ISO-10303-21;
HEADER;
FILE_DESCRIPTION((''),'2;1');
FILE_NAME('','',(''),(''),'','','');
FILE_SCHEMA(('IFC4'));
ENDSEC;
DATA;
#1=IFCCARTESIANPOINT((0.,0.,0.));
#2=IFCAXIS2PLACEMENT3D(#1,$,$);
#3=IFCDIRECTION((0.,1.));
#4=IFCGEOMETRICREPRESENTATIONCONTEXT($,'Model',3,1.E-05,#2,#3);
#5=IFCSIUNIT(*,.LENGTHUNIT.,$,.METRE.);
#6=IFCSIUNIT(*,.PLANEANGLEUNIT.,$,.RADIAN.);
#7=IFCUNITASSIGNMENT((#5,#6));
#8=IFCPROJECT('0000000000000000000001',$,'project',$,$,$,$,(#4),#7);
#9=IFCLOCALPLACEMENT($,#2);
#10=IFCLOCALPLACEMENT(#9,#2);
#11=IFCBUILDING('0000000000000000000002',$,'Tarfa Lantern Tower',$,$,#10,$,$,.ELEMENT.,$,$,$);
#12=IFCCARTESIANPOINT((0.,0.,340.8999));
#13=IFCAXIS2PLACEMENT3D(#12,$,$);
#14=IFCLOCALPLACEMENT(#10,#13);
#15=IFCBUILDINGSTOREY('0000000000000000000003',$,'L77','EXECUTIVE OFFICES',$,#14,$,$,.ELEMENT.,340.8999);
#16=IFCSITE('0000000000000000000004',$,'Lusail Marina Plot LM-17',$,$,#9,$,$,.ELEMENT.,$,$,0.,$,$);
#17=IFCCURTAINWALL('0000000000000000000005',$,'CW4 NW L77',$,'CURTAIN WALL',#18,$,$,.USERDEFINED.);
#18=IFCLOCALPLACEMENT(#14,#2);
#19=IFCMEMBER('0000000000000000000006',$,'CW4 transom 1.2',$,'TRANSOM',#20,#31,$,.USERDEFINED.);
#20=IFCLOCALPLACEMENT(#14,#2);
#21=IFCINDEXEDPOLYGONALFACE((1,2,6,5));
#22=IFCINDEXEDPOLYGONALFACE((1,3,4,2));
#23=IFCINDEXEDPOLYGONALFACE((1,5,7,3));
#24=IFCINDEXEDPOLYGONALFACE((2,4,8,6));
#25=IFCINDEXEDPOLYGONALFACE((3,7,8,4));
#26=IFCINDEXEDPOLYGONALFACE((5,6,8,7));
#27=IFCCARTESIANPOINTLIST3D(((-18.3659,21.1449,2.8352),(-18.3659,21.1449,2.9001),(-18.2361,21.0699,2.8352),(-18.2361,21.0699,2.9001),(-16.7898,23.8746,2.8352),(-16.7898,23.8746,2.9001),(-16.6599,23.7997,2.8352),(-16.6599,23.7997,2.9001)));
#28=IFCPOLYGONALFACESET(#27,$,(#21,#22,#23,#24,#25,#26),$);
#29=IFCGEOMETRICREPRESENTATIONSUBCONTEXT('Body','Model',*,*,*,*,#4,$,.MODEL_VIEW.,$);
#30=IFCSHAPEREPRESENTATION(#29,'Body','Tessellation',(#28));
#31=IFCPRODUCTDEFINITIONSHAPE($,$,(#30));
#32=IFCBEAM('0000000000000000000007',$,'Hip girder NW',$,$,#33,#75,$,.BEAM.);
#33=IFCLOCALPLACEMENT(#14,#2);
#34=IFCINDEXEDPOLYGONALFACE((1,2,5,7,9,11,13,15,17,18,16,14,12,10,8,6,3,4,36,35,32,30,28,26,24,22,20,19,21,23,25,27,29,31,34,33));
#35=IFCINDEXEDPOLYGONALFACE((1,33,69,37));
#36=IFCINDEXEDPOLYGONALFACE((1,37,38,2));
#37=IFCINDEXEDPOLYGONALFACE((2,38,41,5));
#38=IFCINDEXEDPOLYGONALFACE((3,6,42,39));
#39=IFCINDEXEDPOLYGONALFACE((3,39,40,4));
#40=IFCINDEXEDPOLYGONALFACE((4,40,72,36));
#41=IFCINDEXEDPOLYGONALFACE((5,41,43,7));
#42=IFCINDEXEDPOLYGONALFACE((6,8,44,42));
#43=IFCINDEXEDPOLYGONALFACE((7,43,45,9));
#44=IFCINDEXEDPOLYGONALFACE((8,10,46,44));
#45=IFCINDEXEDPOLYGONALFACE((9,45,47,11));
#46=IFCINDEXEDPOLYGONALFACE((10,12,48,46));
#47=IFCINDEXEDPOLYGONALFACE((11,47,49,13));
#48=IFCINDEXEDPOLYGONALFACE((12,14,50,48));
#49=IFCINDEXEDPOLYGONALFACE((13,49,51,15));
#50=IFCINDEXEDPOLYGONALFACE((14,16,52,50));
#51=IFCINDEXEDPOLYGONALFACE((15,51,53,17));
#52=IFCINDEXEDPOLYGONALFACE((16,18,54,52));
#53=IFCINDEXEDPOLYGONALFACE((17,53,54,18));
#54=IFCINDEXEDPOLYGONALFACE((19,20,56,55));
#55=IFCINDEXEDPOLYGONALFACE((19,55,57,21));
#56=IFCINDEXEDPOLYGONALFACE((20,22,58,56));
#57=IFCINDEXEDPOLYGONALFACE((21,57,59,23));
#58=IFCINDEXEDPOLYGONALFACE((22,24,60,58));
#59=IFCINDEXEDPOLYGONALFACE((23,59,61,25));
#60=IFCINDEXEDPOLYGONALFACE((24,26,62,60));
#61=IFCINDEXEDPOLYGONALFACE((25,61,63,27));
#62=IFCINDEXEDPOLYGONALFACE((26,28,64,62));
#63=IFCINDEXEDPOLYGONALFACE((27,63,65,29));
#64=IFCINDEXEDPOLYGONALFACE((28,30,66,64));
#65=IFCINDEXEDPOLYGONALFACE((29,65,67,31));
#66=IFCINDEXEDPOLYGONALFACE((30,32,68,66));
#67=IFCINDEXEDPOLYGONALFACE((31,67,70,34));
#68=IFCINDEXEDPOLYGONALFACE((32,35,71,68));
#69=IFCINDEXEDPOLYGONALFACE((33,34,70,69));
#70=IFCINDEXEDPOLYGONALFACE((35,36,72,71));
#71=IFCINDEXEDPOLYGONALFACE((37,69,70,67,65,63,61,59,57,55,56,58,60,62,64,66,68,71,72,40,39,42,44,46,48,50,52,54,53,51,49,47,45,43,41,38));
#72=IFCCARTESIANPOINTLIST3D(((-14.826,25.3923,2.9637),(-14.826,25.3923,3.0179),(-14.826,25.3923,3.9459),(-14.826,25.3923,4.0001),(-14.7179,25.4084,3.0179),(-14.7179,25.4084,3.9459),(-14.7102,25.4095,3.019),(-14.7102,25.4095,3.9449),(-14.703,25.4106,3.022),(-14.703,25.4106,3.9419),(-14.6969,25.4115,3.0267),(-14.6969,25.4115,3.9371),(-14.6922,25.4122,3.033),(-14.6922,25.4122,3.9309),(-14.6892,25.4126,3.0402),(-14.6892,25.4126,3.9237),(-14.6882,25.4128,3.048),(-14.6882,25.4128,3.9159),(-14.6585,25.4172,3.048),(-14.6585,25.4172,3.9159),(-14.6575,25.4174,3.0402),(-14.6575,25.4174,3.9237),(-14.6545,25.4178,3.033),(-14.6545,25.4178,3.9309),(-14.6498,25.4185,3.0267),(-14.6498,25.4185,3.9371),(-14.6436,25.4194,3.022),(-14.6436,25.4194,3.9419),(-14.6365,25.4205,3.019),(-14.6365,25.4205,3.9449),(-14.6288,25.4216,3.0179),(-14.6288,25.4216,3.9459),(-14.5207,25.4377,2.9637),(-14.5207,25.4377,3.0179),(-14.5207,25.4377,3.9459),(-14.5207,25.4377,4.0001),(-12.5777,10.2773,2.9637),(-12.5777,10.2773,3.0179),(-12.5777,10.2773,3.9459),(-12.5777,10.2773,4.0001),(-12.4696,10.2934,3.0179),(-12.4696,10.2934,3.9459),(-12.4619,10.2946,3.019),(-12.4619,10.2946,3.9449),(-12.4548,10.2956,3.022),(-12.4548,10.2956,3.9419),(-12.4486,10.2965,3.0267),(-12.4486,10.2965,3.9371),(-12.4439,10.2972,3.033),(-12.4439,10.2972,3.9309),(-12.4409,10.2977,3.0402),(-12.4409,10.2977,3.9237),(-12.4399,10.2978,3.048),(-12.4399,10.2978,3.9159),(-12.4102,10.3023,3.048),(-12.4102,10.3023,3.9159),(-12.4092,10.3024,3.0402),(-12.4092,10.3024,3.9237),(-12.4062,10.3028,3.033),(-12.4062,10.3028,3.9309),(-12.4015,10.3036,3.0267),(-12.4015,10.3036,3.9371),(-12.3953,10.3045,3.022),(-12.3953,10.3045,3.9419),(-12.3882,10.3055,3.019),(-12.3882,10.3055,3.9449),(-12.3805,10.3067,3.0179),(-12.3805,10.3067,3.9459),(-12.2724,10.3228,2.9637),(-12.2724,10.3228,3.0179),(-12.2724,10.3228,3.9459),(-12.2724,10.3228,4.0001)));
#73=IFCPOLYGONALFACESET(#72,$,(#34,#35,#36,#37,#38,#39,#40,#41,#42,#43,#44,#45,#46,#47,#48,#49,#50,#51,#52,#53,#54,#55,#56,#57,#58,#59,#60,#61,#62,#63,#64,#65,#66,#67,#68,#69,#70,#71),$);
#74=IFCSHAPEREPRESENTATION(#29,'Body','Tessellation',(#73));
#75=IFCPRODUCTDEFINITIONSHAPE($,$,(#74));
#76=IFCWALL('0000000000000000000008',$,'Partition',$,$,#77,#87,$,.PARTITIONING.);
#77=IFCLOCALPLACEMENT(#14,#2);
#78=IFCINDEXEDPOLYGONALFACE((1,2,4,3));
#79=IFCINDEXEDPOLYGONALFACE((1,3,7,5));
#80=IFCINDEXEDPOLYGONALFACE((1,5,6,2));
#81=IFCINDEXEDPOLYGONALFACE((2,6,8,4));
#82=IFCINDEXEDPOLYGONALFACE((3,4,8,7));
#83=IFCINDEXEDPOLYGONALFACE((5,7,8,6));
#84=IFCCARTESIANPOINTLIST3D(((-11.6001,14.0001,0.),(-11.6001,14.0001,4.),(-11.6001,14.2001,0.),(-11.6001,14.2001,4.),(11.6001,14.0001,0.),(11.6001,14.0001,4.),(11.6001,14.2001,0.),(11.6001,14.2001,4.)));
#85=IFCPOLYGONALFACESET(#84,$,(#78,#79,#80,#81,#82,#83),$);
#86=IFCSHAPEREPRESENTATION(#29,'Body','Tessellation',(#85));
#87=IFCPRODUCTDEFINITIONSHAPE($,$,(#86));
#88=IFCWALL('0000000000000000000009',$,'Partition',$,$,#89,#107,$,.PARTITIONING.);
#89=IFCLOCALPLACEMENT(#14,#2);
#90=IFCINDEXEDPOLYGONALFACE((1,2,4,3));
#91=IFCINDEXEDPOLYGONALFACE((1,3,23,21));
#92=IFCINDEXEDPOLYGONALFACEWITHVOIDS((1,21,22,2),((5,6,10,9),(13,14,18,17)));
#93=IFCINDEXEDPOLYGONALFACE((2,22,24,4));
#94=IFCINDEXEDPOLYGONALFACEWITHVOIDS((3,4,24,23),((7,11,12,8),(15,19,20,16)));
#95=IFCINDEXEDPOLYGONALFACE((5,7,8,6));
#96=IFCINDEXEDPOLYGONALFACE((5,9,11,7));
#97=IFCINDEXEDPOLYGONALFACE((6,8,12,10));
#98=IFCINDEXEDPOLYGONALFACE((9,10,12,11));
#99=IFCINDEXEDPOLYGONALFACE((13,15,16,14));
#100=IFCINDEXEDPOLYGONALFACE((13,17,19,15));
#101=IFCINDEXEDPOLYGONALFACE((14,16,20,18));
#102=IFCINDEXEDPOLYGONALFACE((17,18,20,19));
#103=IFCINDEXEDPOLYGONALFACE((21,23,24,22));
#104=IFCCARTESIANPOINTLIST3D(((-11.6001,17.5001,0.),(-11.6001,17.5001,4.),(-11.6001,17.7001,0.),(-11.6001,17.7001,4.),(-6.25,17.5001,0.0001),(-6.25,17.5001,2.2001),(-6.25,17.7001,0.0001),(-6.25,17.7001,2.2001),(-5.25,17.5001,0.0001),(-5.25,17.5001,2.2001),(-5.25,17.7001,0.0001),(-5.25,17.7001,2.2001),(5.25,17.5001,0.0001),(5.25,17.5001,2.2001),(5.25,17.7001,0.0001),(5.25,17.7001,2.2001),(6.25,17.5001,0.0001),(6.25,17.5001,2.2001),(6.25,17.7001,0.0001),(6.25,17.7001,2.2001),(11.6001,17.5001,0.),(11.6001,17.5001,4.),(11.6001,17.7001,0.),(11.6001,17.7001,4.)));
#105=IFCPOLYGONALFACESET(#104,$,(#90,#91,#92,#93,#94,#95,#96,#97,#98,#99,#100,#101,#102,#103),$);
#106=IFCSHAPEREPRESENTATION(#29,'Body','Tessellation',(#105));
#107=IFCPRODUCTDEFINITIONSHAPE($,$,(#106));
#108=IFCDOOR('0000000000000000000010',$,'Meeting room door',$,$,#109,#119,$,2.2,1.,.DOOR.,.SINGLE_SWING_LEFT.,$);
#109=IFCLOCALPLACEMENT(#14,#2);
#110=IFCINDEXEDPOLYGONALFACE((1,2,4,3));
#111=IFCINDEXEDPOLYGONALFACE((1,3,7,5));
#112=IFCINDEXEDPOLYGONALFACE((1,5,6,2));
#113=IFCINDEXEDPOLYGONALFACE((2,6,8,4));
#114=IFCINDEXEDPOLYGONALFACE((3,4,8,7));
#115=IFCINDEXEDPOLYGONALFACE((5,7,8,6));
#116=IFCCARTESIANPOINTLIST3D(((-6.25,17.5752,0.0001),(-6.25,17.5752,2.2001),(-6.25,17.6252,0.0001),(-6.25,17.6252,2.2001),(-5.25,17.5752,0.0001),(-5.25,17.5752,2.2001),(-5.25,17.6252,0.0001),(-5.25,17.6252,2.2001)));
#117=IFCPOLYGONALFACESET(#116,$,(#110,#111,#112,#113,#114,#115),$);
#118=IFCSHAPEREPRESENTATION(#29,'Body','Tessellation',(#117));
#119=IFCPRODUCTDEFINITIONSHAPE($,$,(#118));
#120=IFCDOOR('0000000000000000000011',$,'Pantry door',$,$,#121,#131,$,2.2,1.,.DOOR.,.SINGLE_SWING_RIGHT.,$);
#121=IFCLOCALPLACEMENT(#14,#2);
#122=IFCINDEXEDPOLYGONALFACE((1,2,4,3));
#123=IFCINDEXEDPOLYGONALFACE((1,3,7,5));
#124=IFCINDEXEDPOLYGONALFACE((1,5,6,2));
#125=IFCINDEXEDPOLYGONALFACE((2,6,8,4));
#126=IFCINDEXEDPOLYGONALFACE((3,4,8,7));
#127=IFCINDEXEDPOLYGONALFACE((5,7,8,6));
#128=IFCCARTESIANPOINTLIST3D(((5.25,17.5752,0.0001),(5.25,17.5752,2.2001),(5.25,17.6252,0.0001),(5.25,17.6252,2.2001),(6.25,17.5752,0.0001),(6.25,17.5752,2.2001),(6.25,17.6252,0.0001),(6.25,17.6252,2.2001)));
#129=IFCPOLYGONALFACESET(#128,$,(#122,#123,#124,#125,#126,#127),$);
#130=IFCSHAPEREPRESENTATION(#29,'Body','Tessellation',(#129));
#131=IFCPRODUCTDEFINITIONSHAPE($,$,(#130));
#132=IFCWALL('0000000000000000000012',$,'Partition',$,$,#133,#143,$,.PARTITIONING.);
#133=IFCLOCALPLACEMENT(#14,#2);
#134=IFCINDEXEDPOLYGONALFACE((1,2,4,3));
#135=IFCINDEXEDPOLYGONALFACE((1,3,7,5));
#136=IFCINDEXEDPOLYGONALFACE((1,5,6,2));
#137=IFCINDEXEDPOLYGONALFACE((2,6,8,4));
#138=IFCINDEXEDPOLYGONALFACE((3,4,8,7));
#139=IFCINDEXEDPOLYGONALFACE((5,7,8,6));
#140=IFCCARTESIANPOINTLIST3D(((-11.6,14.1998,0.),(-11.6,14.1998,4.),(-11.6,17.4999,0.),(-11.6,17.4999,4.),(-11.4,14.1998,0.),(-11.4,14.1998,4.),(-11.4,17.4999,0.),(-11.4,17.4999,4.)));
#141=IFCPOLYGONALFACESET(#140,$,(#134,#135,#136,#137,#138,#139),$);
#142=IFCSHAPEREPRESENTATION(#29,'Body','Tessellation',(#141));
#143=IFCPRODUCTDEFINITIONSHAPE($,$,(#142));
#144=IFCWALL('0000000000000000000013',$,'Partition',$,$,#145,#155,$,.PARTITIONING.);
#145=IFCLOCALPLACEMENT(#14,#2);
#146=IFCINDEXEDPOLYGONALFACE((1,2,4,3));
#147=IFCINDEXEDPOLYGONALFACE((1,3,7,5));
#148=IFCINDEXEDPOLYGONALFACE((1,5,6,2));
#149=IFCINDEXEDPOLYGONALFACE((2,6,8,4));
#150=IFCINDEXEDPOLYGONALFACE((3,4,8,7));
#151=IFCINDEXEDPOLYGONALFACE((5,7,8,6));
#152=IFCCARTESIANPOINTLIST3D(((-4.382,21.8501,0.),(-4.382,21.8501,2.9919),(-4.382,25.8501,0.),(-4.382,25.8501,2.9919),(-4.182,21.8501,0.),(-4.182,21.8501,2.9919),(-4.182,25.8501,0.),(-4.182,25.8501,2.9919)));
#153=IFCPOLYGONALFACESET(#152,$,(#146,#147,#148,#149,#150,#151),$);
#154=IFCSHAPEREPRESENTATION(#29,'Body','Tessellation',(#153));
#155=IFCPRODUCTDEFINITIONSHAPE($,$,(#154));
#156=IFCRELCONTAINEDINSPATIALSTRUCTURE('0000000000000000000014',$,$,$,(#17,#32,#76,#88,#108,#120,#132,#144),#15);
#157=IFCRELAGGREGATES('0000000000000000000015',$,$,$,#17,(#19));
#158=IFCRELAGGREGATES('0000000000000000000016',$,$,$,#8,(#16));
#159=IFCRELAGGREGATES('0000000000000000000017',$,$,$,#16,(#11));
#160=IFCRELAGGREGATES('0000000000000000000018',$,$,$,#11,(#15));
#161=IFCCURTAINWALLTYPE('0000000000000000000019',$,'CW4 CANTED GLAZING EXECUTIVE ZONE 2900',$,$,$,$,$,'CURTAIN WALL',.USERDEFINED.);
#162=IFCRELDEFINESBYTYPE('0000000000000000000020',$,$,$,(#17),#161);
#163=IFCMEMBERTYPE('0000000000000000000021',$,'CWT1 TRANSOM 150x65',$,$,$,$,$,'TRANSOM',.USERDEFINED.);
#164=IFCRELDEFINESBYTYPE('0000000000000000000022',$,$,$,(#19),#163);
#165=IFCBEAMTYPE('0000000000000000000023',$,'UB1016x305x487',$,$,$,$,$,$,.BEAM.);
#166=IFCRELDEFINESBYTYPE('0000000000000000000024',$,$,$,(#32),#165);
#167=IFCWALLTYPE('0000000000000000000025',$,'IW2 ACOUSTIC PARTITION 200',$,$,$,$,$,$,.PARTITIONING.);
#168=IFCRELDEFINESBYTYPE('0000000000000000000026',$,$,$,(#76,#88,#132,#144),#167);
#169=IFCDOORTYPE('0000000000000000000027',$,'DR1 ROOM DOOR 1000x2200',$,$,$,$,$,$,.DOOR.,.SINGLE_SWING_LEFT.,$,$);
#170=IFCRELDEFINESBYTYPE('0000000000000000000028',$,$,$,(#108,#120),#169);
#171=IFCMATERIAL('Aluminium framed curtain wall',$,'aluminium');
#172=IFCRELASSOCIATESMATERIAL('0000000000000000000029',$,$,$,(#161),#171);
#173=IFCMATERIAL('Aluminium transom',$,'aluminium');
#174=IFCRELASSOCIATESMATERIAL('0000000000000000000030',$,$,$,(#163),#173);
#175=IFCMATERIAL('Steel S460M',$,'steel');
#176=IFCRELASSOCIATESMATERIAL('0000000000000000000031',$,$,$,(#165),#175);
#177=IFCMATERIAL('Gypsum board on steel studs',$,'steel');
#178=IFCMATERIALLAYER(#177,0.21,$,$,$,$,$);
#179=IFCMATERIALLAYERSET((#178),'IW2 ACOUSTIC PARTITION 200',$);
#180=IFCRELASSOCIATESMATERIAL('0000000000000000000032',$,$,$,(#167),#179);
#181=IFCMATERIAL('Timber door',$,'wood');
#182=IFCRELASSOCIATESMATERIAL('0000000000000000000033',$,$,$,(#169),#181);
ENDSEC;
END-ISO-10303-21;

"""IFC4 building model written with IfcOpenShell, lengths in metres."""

from ifc_helpers import new_model, si_unit, direction, frame, frame_2d, origin, origin_2d, place, context, subcontext, project, spatial, rectangle, i_section, extrude, material, layer, layer_set, material_profile, profile_set, type_object, element, fill, aggregate, save


model = new_model("IFC4")

# Units and contexts
model_context = context("Model", 3, precision=1e-05, world=origin(), true_north=direction((0.0, 1.0)))
body_context = subcontext(model_context, "Body", "Model", "MODEL_VIEW")
ifc_project = project(units=[si_unit("LENGTHUNIT", "METRE"), si_unit("PLANEANGLEUNIT", "RADIAN")], contexts=[model_context])

# Site, building, storey
site_placement = place(None, origin())
site = spatial("IfcSite", under=ifc_project, at=site_placement, Name="Lusail Marina Plot LM-17", CompositionType="ELEMENT", RefElevation=0.0)
building_placement = place(site_placement, origin())
building = spatial("IfcBuilding", under=site, at=building_placement, Name="Tarfa Lantern Tower", CompositionType="ELEMENT")
storey_placement = place(building_placement, frame((0.0, 0.0, 340.8999)))
storey = spatial("IfcBuildingStorey", under=building, at=storey_placement, Name="L77", Description="EXECUTIVE OFFICES", CompositionType="ELEMENT", Elevation=340.8999)

# Curtain wall, member
ifc_material_1 = material(Name="Aluminium framed curtain wall", Category="aluminium")
curtain_wall_type = type_object("IfcCurtainWallType", Name="CW4 CANTED GLAZING EXECUTIVE ZONE 2900", ElementType="CURTAIN WALL", PredefinedType="USERDEFINED", material=ifc_material_1)
curtain_wall_placement = place(storey_placement, origin())
curtain_wall = element("IfcCurtainWall", 1, at=curtain_wall_placement, inside=storey, type_object=curtain_wall_type, Name="CW4 NW L77", ObjectType="CURTAIN WALL", PredefinedType="USERDEFINED")
ifc_material_2 = material(Name="Aluminium transom", Category="aluminium")
ifc_material_profile_1 = material_profile(ifc_material_2, rectangle(XDim=0.1499, YDim=0.0649, at=origin_2d()), Name="AL TRANSOM 150x65")
ifc_profile_set_1 = profile_set([ifc_material_profile_1], Name="Aluminium transom")
member_type = type_object("IfcMemberType", Name="CWT1 TRANSOM 150x65", ElementType="TRANSOM", PredefinedType="USERDEFINED", material=ifc_profile_set_1)
member_placement = place(storey_placement, frame((-16.7249, 23.8372, 2.8677), z_axis=(-0.500038, -0.866004, 0.0), x_axis=(0.866004, -0.500038, 0.0)))
member = element("IfcMember", 2, at=member_placement, type_object=member_type, Name="CW4 transom 1.2", ObjectType="TRANSOM", PredefinedType="USERDEFINED", context=body_context, shape_type="SweptSolid", body=[
    extrude(rectangle(XDim=0.1499, YDim=0.0649, at=origin_2d()), origin(), (0.0, 0.0, 1.0), 3.1521),
])
aggregate(curtain_wall, [member])

# Beam
ifc_material_3 = material(Name="Steel S460M", Category="steel")
ifc_material_profile_2 = material_profile(ifc_material_3, i_section(OverallWidth=0.3086, OverallDepth=1.0364, WebThickness=0.03, FlangeThickness=0.0542, FilletRadius=0.03, at=origin_2d()), Name="UB1016x305x487")
ifc_profile_set_2 = profile_set([ifc_material_profile_2], Name="Steel S460M")
beam_type = type_object("IfcBeamType", Name="UB1016x305x487", PredefinedType="BEAM", material=ifc_profile_set_2)
beam_placement = place(storey_placement, frame((-12.425, 10.3, 3.4819), z_axis=(-0.147127, 0.989118, 0.0), x_axis=(-0.989118, -0.147127, 0.0)))
element("IfcBeam", 3, at=beam_placement, inside=storey, type_object=beam_type, Name="Hip girder NW", PredefinedType="BEAM", context=body_context, shape_type="SweptSolid", body=[
    extrude(i_section(OverallWidth=0.3086, OverallDepth=1.0364, WebThickness=0.03, FlangeThickness=0.0542, FilletRadius=0.03, at=origin_2d()), origin(), (0.0, 0.0, 1.0), 15.2812),
])

# Wall
ifc_material_4 = material(Name="Gypsum board on steel studs", Category="steel")
ifc_layer_1 = layer(ifc_material_4, 0.21)
ifc_layer_set_1 = layer_set([ifc_layer_1], Name="IW2 ACOUSTIC PARTITION 200")
wall_type_1 = type_object("IfcWallType", Name="IW2 ACOUSTIC PARTITION 200", PredefinedType="PARTITIONING", material=ifc_layer_set_1)
wall_1_placement = place(storey_placement, frame((-11.6001, 14.1001, 0.0), z_axis=(0.0, 0.0, 1.0), x_axis=(1.0, 0.0, 0.0)))
element("IfcWall", 4, at=wall_1_placement, inside=storey, type_object=wall_type_1, Name="Partition", PredefinedType="PARTITIONING", context=body_context, shape_type="SweptSolid", body=[
    extrude(rectangle(XDim=23.2002, YDim=0.2, at=frame_2d((11.6001, 0.0))), origin(), (0.0, 0.0, 1.0), 4.0),
])

# Wall, openings, doors
wall_2_placement = place(storey_placement, frame((-11.6001, 17.6001, 0.0), z_axis=(0.0, 0.0, 1.0), x_axis=(1.0, 0.0, 0.0)))
wall_2 = element("IfcWall", 5, at=wall_2_placement, inside=storey, type_object=wall_type_1, Name="Partition", PredefinedType="PARTITIONING", context=body_context, shape_type="SweptSolid", body=[
    extrude(rectangle(XDim=23.2002, YDim=0.2, at=frame_2d((11.6001, 0.0))), origin(), (0.0, 0.0, 1.0), 4.0),
])
opening_1_placement = place(wall_2_placement, frame((5.3501, 0.0, 0.0)))
opening_1 = element("IfcOpeningElement", 6, at=opening_1_placement, cuts=wall_2, PredefinedType="OPENING", context=body_context, shape_type="SweptSolid", body=[
    extrude(rectangle(XDim=1.0, YDim=2.2, at=frame_2d((0.5, 1.1001))), frame((0.0, 0.1099, 0.0), z_axis=(0.0, -1.0, 0.0), x_axis=(1.0, 0.0, 0.0)), (0.0, 0.0, 1.0), 0.22),
])
opening_2_placement = place(wall_2_placement, frame((16.8501, 0.0, 0.0)))
opening_2 = element("IfcOpeningElement", 7, at=opening_2_placement, cuts=wall_2, PredefinedType="OPENING", context=body_context, shape_type="SweptSolid", body=[
    extrude(rectangle(XDim=1.0, YDim=2.2, at=frame_2d((0.5, 1.1001))), frame((0.0, 0.1099, 0.0), z_axis=(0.0, -1.0, 0.0), x_axis=(1.0, 0.0, 0.0)), (0.0, 0.0, 1.0), 0.22),
])
ifc_material_5 = material(Name="Timber door", Category="wood")
door_type_1 = type_object("IfcDoorType", Name="DR1 ROOM DOOR 1000x2200", OperationType="SINGLE_SWING_LEFT", PredefinedType="DOOR", material=ifc_material_5)
door_1_placement = place(opening_1_placement, frame((1.0, 0.0, 0.0), z_axis=(0.0, 0.0, 1.0), x_axis=(-1.0, 0.0, 0.0)))
door_1 = element("IfcDoor", 8, at=door_1_placement, inside=storey, type_object=door_type_1, Name="Meeting room door", OperationType="SINGLE_SWING_LEFT", OverallHeight=2.2, OverallWidth=1.0, PredefinedType="DOOR", context=body_context, shape_type="SweptSolid", body=[
    extrude(rectangle(XDim=1.0, YDim=2.2, at=frame_2d((0.5, 1.1001))), frame((0.0, 0.0249, 0.0), z_axis=(0.0, -1.0, 0.0), x_axis=(1.0, 0.0, 0.0)), (0.0, 0.0, 1.0), 0.05),
])
fill(opening_1, door_1)
door_2_placement = place(opening_2_placement, frame((1.0, 0.0, 0.0), z_axis=(0.0, 0.0, 1.0), x_axis=(-1.0, 0.0, 0.0)))
door_2 = element("IfcDoor", 9, at=door_2_placement, inside=storey, type_object=door_type_1, Name="Pantry door", OperationType="SINGLE_SWING_RIGHT", OverallHeight=2.2, OverallWidth=1.0, PredefinedType="DOOR", context=body_context, shape_type="SweptSolid", body=[
    extrude(rectangle(XDim=1.0, YDim=2.2, at=frame_2d((0.5, 1.1001))), frame((0.0, 0.0249, 0.0), z_axis=(0.0, -1.0, 0.0), x_axis=(1.0, 0.0, 0.0)), (0.0, 0.0, 1.0), 0.05),
])
fill(opening_2, door_2)

# Walls
wall_3_placement = place(storey_placement, frame((-11.5, 14.2, 0.0), z_axis=(0.0, 0.0, 1.0), x_axis=(0.0, 1.0, 0.0)))
element("IfcWall", 10, at=wall_3_placement, inside=storey, type_object=wall_type_1, Name="Partition", PredefinedType="PARTITIONING", context=body_context, shape_type="SweptSolid", body=[
    extrude(rectangle(XDim=3.3, YDim=0.2, at=frame_2d((1.6499, 0.0))), origin(), (0.0, 0.0, 1.0), 4.0),
])
wall_4_placement = place(storey_placement, frame((-4.282, 21.8501, 0.0), z_axis=(0.0, 0.0, 1.0), x_axis=(0.0, 1.0, 0.0)))
element("IfcWall", 11, at=wall_4_placement, inside=storey, type_object=wall_type_1, Name="Partition", PredefinedType="PARTITIONING", context=body_context, shape_type="SweptSolid", body=[
    extrude(rectangle(XDim=4.0, YDim=0.2, at=frame_2d((2.0, 0.0))), origin(), (0.0, 0.0, 1.0), 2.9919),
])

save(model, "model.ifc")
